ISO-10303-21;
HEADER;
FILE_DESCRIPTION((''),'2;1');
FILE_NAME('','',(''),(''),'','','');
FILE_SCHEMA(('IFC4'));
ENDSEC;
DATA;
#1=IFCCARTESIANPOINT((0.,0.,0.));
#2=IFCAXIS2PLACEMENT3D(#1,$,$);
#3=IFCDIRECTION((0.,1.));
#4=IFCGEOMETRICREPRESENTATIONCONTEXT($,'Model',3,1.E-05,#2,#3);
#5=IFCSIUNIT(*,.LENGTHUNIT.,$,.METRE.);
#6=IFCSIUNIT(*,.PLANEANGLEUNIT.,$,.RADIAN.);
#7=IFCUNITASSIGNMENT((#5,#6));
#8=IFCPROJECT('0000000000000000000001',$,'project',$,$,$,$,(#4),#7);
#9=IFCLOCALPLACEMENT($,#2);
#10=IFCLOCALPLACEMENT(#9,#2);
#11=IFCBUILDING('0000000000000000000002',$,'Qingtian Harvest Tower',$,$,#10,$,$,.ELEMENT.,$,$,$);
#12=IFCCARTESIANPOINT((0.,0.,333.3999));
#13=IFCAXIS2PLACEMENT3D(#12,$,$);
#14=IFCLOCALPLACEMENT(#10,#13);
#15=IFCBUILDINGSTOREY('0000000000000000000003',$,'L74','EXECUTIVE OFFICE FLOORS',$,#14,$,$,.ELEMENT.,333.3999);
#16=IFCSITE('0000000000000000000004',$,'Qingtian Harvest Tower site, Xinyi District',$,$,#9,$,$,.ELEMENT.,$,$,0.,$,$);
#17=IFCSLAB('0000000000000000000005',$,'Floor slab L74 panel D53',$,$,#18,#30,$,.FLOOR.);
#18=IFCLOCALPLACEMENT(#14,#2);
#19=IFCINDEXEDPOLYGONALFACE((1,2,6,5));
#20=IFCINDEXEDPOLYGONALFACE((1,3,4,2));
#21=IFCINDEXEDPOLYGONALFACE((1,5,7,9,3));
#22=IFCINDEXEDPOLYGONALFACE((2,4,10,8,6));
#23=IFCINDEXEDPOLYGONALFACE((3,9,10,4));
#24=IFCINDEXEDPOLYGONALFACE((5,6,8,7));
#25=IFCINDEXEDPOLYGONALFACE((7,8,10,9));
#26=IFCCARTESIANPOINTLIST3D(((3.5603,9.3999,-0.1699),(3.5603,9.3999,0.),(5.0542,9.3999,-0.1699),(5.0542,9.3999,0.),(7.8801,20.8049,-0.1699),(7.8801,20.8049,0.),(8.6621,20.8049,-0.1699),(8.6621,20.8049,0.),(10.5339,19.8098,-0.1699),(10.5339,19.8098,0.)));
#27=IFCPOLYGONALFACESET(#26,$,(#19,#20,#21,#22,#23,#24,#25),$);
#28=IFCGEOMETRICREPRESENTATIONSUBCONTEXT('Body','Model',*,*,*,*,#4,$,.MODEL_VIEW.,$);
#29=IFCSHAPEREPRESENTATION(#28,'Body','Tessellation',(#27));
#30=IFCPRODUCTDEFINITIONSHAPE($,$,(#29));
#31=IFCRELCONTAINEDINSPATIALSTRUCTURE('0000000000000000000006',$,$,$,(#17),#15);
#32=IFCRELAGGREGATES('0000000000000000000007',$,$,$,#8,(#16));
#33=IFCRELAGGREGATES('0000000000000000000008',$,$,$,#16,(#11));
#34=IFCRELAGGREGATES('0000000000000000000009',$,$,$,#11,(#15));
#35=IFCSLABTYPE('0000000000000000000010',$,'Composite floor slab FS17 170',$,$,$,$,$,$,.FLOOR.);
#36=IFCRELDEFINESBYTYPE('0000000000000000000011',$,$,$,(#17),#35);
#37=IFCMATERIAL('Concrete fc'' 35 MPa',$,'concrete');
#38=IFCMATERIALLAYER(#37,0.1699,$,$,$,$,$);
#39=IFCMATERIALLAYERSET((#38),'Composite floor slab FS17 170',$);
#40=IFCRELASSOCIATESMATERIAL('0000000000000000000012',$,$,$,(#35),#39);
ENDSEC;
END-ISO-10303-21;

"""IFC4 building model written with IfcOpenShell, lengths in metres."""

from ifc_helpers import new_model, si_unit, direction, frame, origin, place, context, subcontext, project, spatial, polyline, outline, extrude, material, layer, layer_set, type_object, element, save


model = new_model("IFC4")

# Units and contexts
model_context = context("Model", 3, precision=1e-05, world=origin(), true_north=direction((0.0, 1.0)))
body_context = subcontext(model_context, "Body", "Model", "MODEL_VIEW")
ifc_project = project(units=[si_unit("LENGTHUNIT", "METRE"), si_unit("PLANEANGLEUNIT", "RADIAN")], contexts=[model_context])

# Site, building, storey
site_placement = place(None, origin())
site = spatial("IfcSite", under=ifc_project, at=site_placement, Name="Qingtian Harvest Tower site, Xinyi District", CompositionType="ELEMENT", RefElevation=0.0)
building_placement = place(site_placement, origin())
building = spatial("IfcBuilding", under=site, at=building_placement, Name="Qingtian Harvest Tower", CompositionType="ELEMENT")
storey_placement = place(building_placement, frame((0.0, 0.0, 333.3999)))
storey = spatial("IfcBuildingStorey", under=building, at=storey_placement, Name="L74", Description="EXECUTIVE OFFICE FLOORS", CompositionType="ELEMENT", Elevation=333.3999)

# Slab
ifc_material = material(Name="Concrete fc' 35 MPa", Category="concrete")
ifc_layer = layer(ifc_material, 0.1699)
ifc_layer_set = layer_set([ifc_layer], Name="Composite floor slab FS17 170")
slab_type = type_object("IfcSlabType", Name="Composite floor slab FS17 170", PredefinedType="FLOOR", material=ifc_layer_set)
slab_1_placement = place(storey_placement, frame((0.0, 0.0, -0.1699)))
element("IfcSlab", 1, at=slab_1_placement, inside=storey, type_object=slab_type, Name="Floor slab L74 panel D53", PredefinedType="FLOOR", context=body_context, shape_type="SweptSolid", body=[
    extrude(outline(polyline([(5.0542, 9.3999), (3.5603, 9.3999), (7.8801, 20.8049), (8.6621, 20.8049), (10.5339, 19.8098), (5.0542, 9.3999)])), origin(), (0.0, 0.0, 1.0), 0.1699),
])

save(model, "model.ifc")
